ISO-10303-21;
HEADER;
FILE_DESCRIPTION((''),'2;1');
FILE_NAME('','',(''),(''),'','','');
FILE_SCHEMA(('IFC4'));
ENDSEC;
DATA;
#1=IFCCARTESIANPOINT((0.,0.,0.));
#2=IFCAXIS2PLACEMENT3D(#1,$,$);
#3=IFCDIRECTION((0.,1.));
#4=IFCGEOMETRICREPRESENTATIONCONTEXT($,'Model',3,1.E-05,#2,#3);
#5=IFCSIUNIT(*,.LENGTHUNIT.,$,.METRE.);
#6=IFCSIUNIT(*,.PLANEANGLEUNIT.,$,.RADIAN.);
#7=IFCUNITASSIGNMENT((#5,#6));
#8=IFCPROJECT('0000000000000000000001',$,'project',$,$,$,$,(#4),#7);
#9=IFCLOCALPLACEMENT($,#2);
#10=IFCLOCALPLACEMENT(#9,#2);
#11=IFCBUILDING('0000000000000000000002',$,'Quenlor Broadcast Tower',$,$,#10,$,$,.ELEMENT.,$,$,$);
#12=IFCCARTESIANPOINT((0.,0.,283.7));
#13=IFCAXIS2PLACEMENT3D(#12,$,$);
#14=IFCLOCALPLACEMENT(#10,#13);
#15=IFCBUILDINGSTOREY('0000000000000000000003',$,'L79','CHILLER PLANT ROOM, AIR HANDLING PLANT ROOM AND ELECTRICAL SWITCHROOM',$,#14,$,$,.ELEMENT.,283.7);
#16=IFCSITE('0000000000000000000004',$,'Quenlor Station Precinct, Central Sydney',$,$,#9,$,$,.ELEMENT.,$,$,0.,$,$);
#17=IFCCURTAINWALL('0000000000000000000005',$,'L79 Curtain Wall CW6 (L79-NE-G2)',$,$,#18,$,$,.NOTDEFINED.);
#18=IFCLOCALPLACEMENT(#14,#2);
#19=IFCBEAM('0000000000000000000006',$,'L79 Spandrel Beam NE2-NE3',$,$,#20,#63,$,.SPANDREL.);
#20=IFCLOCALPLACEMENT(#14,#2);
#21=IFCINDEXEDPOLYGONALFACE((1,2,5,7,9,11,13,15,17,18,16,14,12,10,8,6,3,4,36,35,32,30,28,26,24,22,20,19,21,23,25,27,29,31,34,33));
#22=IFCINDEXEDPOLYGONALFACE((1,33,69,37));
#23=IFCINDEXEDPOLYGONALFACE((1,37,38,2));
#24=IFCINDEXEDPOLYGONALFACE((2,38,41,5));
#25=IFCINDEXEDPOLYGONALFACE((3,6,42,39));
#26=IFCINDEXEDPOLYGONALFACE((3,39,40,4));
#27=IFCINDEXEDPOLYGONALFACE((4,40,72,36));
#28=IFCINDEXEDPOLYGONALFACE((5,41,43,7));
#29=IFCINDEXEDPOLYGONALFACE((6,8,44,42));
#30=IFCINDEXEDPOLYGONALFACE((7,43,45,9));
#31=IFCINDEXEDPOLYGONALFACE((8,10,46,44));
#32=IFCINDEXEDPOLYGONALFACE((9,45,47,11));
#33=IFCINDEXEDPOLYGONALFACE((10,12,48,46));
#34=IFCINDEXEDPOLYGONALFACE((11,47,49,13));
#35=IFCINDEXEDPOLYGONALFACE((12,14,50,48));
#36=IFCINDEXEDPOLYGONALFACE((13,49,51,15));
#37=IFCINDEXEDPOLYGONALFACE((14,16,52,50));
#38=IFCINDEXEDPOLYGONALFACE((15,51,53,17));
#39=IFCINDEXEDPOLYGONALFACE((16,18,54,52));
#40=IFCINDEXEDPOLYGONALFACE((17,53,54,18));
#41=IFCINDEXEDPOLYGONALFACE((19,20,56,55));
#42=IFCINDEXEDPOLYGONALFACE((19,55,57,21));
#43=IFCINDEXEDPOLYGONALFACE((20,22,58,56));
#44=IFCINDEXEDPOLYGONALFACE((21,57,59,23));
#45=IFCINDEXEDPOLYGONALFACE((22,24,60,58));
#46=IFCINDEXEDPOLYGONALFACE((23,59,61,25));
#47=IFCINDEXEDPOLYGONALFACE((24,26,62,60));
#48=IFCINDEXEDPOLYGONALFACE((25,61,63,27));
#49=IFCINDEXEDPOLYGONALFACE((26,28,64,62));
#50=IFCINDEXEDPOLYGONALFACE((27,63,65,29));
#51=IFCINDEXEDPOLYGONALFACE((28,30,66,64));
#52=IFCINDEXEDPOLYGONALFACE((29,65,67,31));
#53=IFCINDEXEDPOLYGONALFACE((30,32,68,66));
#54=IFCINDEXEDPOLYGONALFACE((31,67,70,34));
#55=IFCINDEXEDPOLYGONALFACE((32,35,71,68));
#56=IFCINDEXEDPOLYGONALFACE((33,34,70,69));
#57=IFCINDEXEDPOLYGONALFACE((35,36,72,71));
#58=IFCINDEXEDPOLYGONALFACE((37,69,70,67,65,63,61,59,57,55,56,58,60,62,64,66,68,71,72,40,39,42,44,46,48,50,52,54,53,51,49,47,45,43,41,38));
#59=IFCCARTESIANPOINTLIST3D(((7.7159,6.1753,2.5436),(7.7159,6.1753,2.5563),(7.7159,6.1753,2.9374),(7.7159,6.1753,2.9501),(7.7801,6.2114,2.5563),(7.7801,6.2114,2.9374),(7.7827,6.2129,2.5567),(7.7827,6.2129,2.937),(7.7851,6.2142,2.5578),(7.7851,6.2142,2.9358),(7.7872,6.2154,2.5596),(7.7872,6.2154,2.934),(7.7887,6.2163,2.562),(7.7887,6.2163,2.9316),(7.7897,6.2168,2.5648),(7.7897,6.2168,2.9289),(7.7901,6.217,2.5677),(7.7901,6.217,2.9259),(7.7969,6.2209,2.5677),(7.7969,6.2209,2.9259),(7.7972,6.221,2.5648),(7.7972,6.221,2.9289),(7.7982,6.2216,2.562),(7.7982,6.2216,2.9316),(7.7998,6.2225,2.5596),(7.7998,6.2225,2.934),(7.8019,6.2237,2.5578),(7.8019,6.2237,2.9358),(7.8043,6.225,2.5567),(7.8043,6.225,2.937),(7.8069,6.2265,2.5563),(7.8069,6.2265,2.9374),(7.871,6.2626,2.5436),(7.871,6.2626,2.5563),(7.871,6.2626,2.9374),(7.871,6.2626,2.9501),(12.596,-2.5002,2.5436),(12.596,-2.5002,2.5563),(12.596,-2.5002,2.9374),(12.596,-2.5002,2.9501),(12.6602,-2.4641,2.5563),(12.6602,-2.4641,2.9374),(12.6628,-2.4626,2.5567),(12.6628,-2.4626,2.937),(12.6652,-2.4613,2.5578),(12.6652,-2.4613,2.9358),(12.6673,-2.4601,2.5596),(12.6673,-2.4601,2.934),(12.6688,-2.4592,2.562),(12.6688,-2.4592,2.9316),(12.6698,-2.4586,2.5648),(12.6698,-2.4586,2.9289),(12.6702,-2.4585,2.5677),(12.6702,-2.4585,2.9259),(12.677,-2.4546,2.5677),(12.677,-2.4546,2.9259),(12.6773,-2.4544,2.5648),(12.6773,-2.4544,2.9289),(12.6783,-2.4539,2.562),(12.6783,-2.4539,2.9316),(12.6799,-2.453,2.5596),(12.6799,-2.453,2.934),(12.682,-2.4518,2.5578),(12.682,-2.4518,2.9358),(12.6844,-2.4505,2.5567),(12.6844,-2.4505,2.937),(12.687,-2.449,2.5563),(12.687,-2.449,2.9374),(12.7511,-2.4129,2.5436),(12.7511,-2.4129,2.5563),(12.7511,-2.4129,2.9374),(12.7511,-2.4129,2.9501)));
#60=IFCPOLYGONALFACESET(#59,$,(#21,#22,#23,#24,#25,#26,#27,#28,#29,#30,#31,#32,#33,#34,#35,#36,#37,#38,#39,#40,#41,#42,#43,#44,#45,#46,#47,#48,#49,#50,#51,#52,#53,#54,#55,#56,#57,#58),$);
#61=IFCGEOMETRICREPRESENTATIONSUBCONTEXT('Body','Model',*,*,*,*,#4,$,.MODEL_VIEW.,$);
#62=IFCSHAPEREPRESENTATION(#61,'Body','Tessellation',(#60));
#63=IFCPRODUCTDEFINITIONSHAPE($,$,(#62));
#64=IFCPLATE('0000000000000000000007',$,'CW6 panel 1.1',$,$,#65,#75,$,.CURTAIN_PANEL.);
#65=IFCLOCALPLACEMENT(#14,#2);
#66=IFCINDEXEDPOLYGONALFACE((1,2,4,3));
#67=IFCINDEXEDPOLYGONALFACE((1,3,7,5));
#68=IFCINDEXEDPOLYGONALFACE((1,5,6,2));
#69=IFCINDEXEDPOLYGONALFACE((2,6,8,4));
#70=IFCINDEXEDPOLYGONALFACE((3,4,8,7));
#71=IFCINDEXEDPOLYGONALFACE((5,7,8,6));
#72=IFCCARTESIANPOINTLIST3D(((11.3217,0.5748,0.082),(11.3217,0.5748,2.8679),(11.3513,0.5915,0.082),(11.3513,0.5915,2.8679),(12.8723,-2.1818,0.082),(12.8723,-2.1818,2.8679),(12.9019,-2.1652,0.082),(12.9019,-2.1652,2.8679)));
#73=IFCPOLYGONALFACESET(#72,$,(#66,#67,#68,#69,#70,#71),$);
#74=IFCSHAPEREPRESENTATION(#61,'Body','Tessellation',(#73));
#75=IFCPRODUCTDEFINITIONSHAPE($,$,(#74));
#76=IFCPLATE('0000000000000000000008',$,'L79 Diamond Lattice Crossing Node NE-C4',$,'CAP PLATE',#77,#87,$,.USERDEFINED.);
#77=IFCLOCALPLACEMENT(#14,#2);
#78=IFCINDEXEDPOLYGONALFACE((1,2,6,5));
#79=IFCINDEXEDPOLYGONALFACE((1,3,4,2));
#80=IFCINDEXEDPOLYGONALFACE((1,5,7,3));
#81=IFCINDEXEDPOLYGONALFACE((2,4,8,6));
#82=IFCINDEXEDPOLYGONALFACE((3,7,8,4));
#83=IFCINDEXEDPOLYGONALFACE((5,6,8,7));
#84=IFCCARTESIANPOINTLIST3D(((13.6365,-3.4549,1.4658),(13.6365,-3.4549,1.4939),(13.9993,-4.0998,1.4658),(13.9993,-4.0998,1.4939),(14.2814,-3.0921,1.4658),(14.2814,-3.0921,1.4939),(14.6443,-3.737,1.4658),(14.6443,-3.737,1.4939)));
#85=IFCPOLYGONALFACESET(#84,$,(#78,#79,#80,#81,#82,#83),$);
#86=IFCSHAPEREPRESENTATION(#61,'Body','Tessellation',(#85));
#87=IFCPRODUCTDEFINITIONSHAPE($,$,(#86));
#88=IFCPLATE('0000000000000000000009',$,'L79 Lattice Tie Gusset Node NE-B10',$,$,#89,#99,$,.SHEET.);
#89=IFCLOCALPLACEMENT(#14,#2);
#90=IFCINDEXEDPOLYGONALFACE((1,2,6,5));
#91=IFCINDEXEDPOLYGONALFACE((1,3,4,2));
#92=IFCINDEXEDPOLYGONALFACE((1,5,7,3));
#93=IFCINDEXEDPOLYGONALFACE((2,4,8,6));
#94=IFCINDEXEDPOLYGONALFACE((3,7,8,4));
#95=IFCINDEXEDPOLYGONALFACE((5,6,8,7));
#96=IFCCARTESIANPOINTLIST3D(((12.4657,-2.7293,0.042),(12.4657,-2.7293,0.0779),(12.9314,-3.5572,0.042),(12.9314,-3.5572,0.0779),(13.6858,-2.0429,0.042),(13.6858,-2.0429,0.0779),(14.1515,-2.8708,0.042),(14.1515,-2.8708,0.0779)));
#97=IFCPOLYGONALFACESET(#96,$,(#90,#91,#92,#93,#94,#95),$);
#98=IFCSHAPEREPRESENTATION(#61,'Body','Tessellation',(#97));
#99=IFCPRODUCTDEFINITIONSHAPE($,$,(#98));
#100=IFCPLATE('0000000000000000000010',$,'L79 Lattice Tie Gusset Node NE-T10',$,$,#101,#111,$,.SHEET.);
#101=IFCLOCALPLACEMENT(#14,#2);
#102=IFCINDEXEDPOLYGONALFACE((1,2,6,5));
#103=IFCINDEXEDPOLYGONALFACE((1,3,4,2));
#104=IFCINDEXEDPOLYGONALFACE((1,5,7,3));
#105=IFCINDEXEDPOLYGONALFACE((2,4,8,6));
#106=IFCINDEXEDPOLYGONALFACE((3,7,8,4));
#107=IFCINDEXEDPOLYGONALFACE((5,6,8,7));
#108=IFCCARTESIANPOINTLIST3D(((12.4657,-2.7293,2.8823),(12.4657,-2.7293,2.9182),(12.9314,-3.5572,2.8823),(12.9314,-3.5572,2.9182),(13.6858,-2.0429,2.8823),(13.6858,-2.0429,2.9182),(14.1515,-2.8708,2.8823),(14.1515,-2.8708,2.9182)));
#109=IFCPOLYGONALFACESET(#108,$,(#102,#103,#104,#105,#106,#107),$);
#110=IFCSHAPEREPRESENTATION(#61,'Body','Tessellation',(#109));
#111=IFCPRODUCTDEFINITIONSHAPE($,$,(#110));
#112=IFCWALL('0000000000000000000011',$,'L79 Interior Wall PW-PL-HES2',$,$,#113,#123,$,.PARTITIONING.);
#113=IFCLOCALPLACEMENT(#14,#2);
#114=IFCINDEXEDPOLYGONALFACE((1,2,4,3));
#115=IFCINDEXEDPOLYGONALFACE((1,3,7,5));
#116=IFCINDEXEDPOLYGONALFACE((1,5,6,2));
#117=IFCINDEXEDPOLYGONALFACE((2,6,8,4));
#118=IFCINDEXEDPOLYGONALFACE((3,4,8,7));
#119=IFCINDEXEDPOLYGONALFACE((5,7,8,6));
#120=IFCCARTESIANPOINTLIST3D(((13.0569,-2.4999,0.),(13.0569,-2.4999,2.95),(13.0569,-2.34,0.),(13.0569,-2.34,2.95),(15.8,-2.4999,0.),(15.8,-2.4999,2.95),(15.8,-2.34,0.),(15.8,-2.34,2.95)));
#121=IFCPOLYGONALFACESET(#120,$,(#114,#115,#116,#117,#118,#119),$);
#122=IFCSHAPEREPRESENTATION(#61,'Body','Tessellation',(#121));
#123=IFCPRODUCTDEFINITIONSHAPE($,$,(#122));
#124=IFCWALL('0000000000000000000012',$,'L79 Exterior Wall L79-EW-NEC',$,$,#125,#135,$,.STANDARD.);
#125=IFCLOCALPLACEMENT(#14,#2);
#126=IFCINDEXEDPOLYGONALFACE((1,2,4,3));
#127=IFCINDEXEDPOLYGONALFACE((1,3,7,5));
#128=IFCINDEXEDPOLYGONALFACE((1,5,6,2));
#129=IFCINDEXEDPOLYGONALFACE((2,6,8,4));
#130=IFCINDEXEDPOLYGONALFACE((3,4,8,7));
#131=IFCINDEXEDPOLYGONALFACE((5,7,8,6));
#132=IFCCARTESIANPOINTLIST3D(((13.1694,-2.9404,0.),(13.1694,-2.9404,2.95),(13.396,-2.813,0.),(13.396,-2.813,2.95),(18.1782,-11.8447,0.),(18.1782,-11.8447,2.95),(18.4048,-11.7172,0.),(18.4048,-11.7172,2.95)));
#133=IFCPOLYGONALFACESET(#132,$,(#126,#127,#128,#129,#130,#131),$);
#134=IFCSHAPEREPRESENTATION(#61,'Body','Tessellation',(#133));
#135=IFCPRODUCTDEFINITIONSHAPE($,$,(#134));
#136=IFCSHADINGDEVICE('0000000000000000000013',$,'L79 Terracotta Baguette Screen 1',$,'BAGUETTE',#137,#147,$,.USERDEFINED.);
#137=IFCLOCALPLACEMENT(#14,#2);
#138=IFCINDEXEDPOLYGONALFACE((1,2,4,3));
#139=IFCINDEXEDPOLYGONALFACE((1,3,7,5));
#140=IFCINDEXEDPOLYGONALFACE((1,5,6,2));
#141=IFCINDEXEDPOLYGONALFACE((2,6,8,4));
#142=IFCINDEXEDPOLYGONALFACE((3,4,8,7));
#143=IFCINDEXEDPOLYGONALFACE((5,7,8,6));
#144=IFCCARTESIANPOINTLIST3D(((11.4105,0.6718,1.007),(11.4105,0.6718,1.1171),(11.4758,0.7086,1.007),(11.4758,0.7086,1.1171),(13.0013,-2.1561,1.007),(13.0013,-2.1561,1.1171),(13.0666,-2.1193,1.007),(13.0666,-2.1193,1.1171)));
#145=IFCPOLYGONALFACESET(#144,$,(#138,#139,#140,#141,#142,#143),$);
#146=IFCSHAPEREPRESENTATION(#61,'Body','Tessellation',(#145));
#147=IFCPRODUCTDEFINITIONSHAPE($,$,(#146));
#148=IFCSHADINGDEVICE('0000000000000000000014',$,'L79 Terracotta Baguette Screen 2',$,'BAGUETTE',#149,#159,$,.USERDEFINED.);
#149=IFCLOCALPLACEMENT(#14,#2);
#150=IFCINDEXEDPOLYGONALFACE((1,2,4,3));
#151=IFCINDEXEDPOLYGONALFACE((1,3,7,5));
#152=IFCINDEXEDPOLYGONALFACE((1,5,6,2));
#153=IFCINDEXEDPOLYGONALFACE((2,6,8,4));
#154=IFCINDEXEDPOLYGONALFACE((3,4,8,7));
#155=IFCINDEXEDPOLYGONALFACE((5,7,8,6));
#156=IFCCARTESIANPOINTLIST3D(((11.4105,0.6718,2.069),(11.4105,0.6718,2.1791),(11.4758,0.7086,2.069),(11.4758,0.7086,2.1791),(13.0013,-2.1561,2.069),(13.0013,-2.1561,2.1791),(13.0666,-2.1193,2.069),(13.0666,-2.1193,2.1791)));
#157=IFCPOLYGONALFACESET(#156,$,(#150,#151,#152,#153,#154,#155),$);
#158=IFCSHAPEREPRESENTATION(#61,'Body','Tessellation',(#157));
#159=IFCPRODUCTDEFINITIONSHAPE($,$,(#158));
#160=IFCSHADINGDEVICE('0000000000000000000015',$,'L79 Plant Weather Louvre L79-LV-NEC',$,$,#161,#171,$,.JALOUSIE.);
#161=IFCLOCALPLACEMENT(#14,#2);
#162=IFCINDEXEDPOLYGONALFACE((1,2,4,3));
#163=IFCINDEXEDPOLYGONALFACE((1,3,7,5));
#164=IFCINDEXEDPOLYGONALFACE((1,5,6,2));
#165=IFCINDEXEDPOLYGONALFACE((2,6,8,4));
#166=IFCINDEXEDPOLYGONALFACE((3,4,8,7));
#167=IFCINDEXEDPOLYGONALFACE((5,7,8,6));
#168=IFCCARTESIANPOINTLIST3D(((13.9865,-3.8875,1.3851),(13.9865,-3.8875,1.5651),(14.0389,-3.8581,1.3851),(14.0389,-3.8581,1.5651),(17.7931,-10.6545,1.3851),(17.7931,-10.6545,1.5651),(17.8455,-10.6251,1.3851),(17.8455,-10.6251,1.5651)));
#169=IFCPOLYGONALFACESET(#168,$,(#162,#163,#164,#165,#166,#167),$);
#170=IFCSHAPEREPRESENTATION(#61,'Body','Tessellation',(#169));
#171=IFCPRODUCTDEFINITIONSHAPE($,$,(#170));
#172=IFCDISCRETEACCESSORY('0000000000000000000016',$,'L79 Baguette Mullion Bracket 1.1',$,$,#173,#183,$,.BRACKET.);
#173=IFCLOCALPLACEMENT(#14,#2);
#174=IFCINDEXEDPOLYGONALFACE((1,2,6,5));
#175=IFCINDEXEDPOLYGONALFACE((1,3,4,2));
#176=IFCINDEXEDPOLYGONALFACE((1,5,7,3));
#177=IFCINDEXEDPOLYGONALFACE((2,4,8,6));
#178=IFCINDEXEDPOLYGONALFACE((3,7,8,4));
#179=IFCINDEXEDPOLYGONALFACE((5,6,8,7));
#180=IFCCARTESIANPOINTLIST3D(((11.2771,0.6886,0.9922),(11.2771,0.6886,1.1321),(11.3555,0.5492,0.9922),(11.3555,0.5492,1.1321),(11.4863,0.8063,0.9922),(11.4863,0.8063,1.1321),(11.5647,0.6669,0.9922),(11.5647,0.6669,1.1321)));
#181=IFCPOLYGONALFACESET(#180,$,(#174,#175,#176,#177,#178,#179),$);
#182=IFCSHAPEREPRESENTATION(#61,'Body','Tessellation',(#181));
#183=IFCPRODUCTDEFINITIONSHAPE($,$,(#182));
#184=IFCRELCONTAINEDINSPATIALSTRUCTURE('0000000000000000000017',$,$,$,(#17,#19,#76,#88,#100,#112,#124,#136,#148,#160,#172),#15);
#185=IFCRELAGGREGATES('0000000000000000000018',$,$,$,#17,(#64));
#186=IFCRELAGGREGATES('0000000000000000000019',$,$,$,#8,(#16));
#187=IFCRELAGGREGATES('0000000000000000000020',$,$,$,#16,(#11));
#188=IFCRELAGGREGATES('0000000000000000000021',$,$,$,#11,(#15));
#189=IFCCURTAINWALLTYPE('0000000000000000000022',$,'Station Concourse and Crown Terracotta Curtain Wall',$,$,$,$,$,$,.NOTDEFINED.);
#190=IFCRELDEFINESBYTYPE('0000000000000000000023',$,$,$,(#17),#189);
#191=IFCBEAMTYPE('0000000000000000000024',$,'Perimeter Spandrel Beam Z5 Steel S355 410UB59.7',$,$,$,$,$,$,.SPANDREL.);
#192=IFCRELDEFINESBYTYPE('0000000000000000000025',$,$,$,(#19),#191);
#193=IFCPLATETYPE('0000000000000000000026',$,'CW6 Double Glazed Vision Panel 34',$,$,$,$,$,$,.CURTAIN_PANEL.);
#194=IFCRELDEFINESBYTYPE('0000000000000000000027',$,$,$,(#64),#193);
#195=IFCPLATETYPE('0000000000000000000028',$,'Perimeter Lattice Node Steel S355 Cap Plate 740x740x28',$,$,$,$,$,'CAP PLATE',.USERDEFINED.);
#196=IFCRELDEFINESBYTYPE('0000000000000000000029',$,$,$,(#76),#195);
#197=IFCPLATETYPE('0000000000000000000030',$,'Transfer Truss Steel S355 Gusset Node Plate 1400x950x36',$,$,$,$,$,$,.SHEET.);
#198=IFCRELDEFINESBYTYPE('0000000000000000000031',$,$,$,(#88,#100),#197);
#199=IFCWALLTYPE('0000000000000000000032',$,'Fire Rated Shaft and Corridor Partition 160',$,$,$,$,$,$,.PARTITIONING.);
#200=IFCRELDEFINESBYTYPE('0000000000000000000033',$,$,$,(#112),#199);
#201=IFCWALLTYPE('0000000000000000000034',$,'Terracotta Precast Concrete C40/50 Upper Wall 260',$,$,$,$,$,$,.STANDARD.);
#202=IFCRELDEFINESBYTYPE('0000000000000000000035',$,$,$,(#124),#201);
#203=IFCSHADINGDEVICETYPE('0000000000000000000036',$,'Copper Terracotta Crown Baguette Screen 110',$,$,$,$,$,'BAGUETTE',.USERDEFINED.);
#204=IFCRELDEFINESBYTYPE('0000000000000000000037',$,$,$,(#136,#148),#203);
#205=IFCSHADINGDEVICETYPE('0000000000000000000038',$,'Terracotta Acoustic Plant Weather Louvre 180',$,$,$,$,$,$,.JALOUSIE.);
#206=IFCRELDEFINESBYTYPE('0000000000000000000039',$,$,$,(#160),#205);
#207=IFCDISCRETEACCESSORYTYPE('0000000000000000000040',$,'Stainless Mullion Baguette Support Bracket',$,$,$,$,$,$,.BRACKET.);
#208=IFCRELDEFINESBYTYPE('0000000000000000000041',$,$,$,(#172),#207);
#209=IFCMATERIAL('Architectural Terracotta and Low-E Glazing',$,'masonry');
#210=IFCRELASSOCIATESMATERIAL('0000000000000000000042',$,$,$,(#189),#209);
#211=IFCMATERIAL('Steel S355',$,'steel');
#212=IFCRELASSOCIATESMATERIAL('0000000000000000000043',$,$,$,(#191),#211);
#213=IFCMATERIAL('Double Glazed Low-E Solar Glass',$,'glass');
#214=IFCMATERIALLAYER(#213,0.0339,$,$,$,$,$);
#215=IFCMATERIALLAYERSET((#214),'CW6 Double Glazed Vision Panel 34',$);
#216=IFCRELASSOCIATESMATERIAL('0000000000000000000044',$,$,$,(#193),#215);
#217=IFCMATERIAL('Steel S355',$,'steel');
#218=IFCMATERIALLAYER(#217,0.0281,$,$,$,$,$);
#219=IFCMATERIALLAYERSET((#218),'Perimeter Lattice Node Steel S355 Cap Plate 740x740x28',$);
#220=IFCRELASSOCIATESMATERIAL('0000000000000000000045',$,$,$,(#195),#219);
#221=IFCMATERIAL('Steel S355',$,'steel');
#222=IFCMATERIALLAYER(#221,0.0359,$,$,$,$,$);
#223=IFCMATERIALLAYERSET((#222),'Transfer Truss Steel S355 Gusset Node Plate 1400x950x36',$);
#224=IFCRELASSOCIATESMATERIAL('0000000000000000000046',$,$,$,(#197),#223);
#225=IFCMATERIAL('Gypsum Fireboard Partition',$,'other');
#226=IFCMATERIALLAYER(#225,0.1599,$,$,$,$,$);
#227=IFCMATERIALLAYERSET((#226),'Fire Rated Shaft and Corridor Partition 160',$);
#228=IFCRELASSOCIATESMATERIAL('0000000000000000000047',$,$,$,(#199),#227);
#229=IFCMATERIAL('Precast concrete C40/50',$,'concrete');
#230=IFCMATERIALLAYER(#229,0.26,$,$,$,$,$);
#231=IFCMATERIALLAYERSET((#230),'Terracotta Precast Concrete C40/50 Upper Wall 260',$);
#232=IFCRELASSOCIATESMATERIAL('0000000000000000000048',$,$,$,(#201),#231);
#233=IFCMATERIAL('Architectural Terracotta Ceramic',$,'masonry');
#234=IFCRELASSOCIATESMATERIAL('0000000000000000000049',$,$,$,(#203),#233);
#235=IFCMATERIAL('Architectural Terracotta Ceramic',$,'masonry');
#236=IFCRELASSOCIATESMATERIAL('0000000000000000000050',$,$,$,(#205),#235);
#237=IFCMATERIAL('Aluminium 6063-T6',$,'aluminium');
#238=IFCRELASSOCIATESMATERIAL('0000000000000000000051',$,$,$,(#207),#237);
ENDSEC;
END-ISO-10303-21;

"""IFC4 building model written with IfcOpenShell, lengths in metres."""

from ifc_helpers import new_model, si_unit, direction, frame, frame_2d, origin, origin_2d, place, context, subcontext, project, spatial, rectangle, i_section, extrude, material, layer, layer_set, material_profile, profile_set, type_object, element, aggregate, save


model = new_model("IFC4")

# Units and contexts
model_context = context("Model", 3, precision=1e-05, world=origin(), true_north=direction((0.0, 1.0)))
body_context = subcontext(model_context, "Body", "Model", "MODEL_VIEW")
ifc_project = project(units=[si_unit("LENGTHUNIT", "METRE"), si_unit("PLANEANGLEUNIT", "RADIAN")], contexts=[model_context])

# Site, building, storey
site_placement = place(None, origin())
site = spatial("IfcSite", under=ifc_project, at=site_placement, Name="Quenlor Station Precinct, Central Sydney", CompositionType="ELEMENT", RefElevation=0.0)
building_placement = place(site_placement, origin())
building = spatial("IfcBuilding", under=site, at=building_placement, Name="Quenlor Broadcast Tower", CompositionType="ELEMENT")
storey_placement = place(building_placement, frame((0.0, 0.0, 283.7)))
storey = spatial("IfcBuildingStorey", under=building, at=storey_placement, Name="L79", Description="CHILLER PLANT ROOM, AIR HANDLING PLANT ROOM AND ELECTRICAL SWITCHROOM", CompositionType="ELEMENT", Elevation=283.7)

# Curtain wall
ifc_material_1 = material(Name="Architectural Terracotta and Low-E Glazing", Category="masonry")
curtain_wall_type = type_object("IfcCurtainWallType", Name="Station Concourse and Crown Terracotta Curtain Wall", PredefinedType="NOTDEFINED", material=ifc_material_1)
curtain_wall_placement = place(storey_placement, origin())
curtain_wall = element("IfcCurtainWall", 1, at=curtain_wall_placement, inside=storey, type_object=curtain_wall_type, Name="L79 Curtain Wall CW6 (L79-NE-G2)", PredefinedType="NOTDEFINED")

# Beam
ifc_material_2 = material(Name="Steel S355", Category="steel")
ifc_material_profile_1 = material_profile(ifc_material_2, i_section(OverallWidth=0.178, OverallDepth=0.4065, WebThickness=0.0078, FlangeThickness=0.0127, FilletRadius=0.0115, at=origin_2d()))
ifc_profile_set_1 = profile_set([ifc_material_profile_1], Name="Steel S355 410UB59.7")
beam_type_1 = type_object("IfcBeamType", Name="Perimeter Spandrel Beam Z5 Steel S355 410UB59.7", PredefinedType="SPANDREL", material=ifc_profile_set_1)
beam_1_placement = place(storey_placement, frame((12.6736, -2.4565, 2.7468), z_axis=(-0.490272, 0.87157, 0.0), x_axis=(-0.87157, -0.490272, 0.0)))
element("IfcBeam", 2, at=beam_1_placement, inside=storey, type_object=beam_type_1, Name="L79 Spandrel Beam NE2-NE3", PredefinedType="SPANDREL", context=body_context, shape_type="SweptSolid", body=[
    extrude(i_section(OverallWidth=0.178, OverallDepth=0.4065, WebThickness=0.0078, FlangeThickness=0.0127, FilletRadius=0.0115, at=origin_2d()), origin(), (0.0, 0.0, 1.0), 9.9539),
])

# Plate
ifc_material_3 = material(Name="Double Glazed Low-E Solar Glass", Category="glass")
ifc_layer_1 = layer(ifc_material_3, 0.0339)
ifc_layer_set_1 = layer_set([ifc_layer_1], Name="CW6 Double Glazed Vision Panel 34")
plate_type_1 = type_object("IfcPlateType", Name="CW6 Double Glazed Vision Panel 34", PredefinedType="CURTAIN_PANEL", material=ifc_layer_set_1)
plate_1_placement = place(storey_placement, frame((12.1118, -0.7952, 0.082), z_axis=(0.0, 0.0, 1.0), x_axis=(0.490268, -0.871572, 0.0)))
plate_1 = element("IfcPlate", 3, at=plate_1_placement, type_object=plate_type_1, Name="CW6 panel 1.1", PredefinedType="CURTAIN_PANEL", context=body_context, shape_type="SweptSolid", body=[
    extrude(rectangle(XDim=3.1628, YDim=0.0339, at=origin_2d()), origin(), (0.0, 0.0, 1.0), 2.7859),
])
aggregate(curtain_wall, [plate_1])

# Plates
ifc_material_4 = material(Name="Steel S355", Category="steel")
ifc_layer_2 = layer(ifc_material_4, 0.0281)
ifc_layer_set_2 = layer_set([ifc_layer_2], Name="Perimeter Lattice Node Steel S355 Cap Plate 740x740x28")
plate_type_2 = type_object("IfcPlateType", Name="Perimeter Lattice Node Steel S355 Cap Plate 740x740x28", ElementType="CAP PLATE", PredefinedType="USERDEFINED", material=ifc_layer_set_2)
plate_2_placement = place(storey_placement, frame((14.1404, -3.5959, 1.4658), z_axis=(0.0, 0.0, 1.0), x_axis=(0.490295, -0.871556, 0.0)))
element("IfcPlate", 4, at=plate_2_placement, inside=storey, type_object=plate_type_2, Name="L79 Diamond Lattice Crossing Node NE-C4", ObjectType="CAP PLATE", PredefinedType="USERDEFINED", context=body_context, shape_type="SweptSolid", body=[
    extrude(rectangle(XDim=0.74, YDim=0.74, at=origin_2d()), origin(), (0.0, 0.0, 1.0), 0.0281),
])
ifc_material_5 = material(Name="Steel S355", Category="steel")
ifc_layer_3 = layer(ifc_material_5, 0.0359)
ifc_layer_set_3 = layer_set([ifc_layer_3], Name="Transfer Truss Steel S355 Gusset Node Plate 1400x950x36")
plate_type_3 = type_object("IfcPlateType", Name="Transfer Truss Steel S355 Gusset Node Plate 1400x950x36", PredefinedType="SHEET", material=ifc_layer_set_3)
for number, where, z_axis, x_axis, name in (
    (5, (13.3086, -2.8, 0.042), (0.0, 0.0, 1.0), (0.871556, 0.490295, 0.0), "L79 Lattice Tie Gusset Node NE-B10"),
    (6, (13.3086, -2.8, 2.8823), (0.0, 0.0, 1.0), (0.871556, 0.490295, 0.0), "L79 Lattice Tie Gusset Node NE-T10"),
):
    element("IfcPlate", number, at=place(storey_placement, frame(where, z_axis=z_axis, x_axis=x_axis)), inside=storey, type_object=plate_type_3, Name=name, PredefinedType="SHEET", context=body_context, shape_type="SweptSolid", body=[
        extrude(rectangle(XDim=1.3999, YDim=0.95, at=origin_2d()), origin(), (0.0, 0.0, 1.0), 0.0359),
    ])

# Walls
ifc_material_6 = material(Name="Gypsum Fireboard Partition", Category="other")
ifc_layer_4 = layer(ifc_material_6, 0.1599)
ifc_layer_set_4 = layer_set([ifc_layer_4], Name="Fire Rated Shaft and Corridor Partition 160")
wall_type_1 = type_object("IfcWallType", Name="Fire Rated Shaft and Corridor Partition 160", PredefinedType="PARTITIONING", material=ifc_layer_set_4)
wall_1_placement = place(storey_placement, frame((13.0569, -2.4199, 0.0), z_axis=(0.0, 0.0, 1.0), x_axis=(1.0, 0.0, 0.0)))
element("IfcWall", 7, at=wall_1_placement, inside=storey, type_object=wall_type_1, Name="L79 Interior Wall PW-PL-HES2", PredefinedType="PARTITIONING", context=body_context, shape_type="SweptSolid", body=[
    extrude(rectangle(XDim=2.7432, YDim=0.1599, at=frame_2d((1.3716, 0.0))), origin(), (0.0, 0.0, 1.0), 2.95),
])
ifc_material_7 = material(Name="Precast concrete C40/50", Category="concrete")
ifc_layer_5 = layer(ifc_material_7, 0.26)
ifc_layer_set_5 = layer_set([ifc_layer_5], Name="Terracotta Precast Concrete C40/50 Upper Wall 260")
wall_type_2 = type_object("IfcWallType", Name="Terracotta Precast Concrete C40/50 Upper Wall 260", PredefinedType="STANDARD", material=ifc_layer_set_5)
wall_2_placement = place(storey_placement, frame((13.2827, -2.8767, 0.0), z_axis=(0.0, 0.0, 1.0), x_axis=(0.49027, -0.87157, 0.0)))
element("IfcWall", 8, at=wall_2_placement, inside=storey, type_object=wall_type_2, Name="L79 Exterior Wall L79-EW-NEC", PredefinedType="STANDARD", context=body_context, shape_type="SweptSolid", body=[
    extrude(rectangle(XDim=10.2163, YDim=0.26, at=frame_2d((5.1082, 0.0))), origin(), (0.0, 0.0, 1.0), 2.95),
])

# Shading devices
ifc_material_8 = material(Name="Architectural Terracotta Ceramic", Category="masonry")
ifc_material_profile_2 = material_profile(ifc_material_8, rectangle(XDim=0.075, YDim=0.1101, at=origin_2d()))
ifc_profile_set_2 = profile_set([ifc_material_profile_2], Name="Architectural Terracotta Ceramic BAG75x110")
shading_device_type_1 = type_object("IfcShadingDeviceType", Name="Copper Terracotta Crown Baguette Screen 110", ElementType="BAGUETTE", PredefinedType="USERDEFINED", material=ifc_profile_set_2)
for number, where, z_axis, x_axis, name in (
    (9, (11.4431, 0.6902, 1.062), (0.490293, -0.871557, 0.0), (0.871557, 0.490293, 0.0), "L79 Terracotta Baguette Screen 1"),
    (10, (11.4431, 0.6902, 2.124), (0.490293, -0.871557, 0.0), (0.871557, 0.490293, 0.0), "L79 Terracotta Baguette Screen 2"),
):
    element("IfcShadingDevice", number, at=place(storey_placement, frame(where, z_axis=z_axis, x_axis=x_axis)), inside=storey, type_object=shading_device_type_1, Name=name, ObjectType="BAGUETTE", PredefinedType="USERDEFINED", context=body_context, shape_type="SweptSolid", body=[
        extrude(rectangle(XDim=0.075, YDim=0.1101, at=origin_2d()), origin(), (0.0, 0.0, 1.0), 3.2446),
    ])
ifc_material_9 = material(Name="Architectural Terracotta Ceramic", Category="masonry")
ifc_material_profile_3 = material_profile(ifc_material_9, rectangle(XDim=0.0601, YDim=0.1799, at=origin_2d()))
ifc_profile_set_3 = profile_set([ifc_material_profile_3], Name="Architectural Terracotta Ceramic LVR60x180")
shading_device_type_2 = type_object("IfcShadingDeviceType", Name="Terracotta Acoustic Plant Weather Louvre 180", PredefinedType="JALOUSIE", material=ifc_profile_set_3)
shading_device_placement = place(storey_placement, frame((14.0127, -3.8728, 1.4751), z_axis=(0.490276, -0.871567, 0.0), x_axis=(0.871567, 0.490276, 0.0)))
element("IfcShadingDevice", 11, at=shading_device_placement, inside=storey, type_object=shading_device_type_2, Name="L79 Plant Weather Louvre L79-LV-NEC", PredefinedType="JALOUSIE", context=body_context, shape_type="SweptSolid", body=[
    extrude(rectangle(XDim=0.0601, YDim=0.1799, at=origin_2d()), origin(), (0.0, 0.0, 1.0), 7.7642),
])

# Discrete accessory
ifc_material_10 = material(Name="Aluminium 6063-T6", Category="aluminium")
discrete_accessory_type = type_object("IfcDiscreteAccessoryType", Name="Stainless Mullion Baguette Support Bracket", PredefinedType="BRACKET", material=ifc_material_10)
for number, where, z_axis, x_axis, name in (
    (12, (11.4209, 0.6777, 0.9922), (0.0, 0.0, 1.0), (0.490268, -0.871572, 0.0), "L79 Baguette Mullion Bracket 1.1"),
):
    element("IfcDiscreteAccessory", number, at=place(storey_placement, frame(where, z_axis=z_axis, x_axis=x_axis)), inside=storey, type_object=discrete_accessory_type, Name=name, PredefinedType="BRACKET", context=body_context, shape_type="SweptSolid", body=[
        extrude(rectangle(XDim=0.1599, YDim=0.24, at=origin_2d()), origin(), (0.0, 0.0, 1.0), 0.1399),
    ])

save(model, "model.ifc")
